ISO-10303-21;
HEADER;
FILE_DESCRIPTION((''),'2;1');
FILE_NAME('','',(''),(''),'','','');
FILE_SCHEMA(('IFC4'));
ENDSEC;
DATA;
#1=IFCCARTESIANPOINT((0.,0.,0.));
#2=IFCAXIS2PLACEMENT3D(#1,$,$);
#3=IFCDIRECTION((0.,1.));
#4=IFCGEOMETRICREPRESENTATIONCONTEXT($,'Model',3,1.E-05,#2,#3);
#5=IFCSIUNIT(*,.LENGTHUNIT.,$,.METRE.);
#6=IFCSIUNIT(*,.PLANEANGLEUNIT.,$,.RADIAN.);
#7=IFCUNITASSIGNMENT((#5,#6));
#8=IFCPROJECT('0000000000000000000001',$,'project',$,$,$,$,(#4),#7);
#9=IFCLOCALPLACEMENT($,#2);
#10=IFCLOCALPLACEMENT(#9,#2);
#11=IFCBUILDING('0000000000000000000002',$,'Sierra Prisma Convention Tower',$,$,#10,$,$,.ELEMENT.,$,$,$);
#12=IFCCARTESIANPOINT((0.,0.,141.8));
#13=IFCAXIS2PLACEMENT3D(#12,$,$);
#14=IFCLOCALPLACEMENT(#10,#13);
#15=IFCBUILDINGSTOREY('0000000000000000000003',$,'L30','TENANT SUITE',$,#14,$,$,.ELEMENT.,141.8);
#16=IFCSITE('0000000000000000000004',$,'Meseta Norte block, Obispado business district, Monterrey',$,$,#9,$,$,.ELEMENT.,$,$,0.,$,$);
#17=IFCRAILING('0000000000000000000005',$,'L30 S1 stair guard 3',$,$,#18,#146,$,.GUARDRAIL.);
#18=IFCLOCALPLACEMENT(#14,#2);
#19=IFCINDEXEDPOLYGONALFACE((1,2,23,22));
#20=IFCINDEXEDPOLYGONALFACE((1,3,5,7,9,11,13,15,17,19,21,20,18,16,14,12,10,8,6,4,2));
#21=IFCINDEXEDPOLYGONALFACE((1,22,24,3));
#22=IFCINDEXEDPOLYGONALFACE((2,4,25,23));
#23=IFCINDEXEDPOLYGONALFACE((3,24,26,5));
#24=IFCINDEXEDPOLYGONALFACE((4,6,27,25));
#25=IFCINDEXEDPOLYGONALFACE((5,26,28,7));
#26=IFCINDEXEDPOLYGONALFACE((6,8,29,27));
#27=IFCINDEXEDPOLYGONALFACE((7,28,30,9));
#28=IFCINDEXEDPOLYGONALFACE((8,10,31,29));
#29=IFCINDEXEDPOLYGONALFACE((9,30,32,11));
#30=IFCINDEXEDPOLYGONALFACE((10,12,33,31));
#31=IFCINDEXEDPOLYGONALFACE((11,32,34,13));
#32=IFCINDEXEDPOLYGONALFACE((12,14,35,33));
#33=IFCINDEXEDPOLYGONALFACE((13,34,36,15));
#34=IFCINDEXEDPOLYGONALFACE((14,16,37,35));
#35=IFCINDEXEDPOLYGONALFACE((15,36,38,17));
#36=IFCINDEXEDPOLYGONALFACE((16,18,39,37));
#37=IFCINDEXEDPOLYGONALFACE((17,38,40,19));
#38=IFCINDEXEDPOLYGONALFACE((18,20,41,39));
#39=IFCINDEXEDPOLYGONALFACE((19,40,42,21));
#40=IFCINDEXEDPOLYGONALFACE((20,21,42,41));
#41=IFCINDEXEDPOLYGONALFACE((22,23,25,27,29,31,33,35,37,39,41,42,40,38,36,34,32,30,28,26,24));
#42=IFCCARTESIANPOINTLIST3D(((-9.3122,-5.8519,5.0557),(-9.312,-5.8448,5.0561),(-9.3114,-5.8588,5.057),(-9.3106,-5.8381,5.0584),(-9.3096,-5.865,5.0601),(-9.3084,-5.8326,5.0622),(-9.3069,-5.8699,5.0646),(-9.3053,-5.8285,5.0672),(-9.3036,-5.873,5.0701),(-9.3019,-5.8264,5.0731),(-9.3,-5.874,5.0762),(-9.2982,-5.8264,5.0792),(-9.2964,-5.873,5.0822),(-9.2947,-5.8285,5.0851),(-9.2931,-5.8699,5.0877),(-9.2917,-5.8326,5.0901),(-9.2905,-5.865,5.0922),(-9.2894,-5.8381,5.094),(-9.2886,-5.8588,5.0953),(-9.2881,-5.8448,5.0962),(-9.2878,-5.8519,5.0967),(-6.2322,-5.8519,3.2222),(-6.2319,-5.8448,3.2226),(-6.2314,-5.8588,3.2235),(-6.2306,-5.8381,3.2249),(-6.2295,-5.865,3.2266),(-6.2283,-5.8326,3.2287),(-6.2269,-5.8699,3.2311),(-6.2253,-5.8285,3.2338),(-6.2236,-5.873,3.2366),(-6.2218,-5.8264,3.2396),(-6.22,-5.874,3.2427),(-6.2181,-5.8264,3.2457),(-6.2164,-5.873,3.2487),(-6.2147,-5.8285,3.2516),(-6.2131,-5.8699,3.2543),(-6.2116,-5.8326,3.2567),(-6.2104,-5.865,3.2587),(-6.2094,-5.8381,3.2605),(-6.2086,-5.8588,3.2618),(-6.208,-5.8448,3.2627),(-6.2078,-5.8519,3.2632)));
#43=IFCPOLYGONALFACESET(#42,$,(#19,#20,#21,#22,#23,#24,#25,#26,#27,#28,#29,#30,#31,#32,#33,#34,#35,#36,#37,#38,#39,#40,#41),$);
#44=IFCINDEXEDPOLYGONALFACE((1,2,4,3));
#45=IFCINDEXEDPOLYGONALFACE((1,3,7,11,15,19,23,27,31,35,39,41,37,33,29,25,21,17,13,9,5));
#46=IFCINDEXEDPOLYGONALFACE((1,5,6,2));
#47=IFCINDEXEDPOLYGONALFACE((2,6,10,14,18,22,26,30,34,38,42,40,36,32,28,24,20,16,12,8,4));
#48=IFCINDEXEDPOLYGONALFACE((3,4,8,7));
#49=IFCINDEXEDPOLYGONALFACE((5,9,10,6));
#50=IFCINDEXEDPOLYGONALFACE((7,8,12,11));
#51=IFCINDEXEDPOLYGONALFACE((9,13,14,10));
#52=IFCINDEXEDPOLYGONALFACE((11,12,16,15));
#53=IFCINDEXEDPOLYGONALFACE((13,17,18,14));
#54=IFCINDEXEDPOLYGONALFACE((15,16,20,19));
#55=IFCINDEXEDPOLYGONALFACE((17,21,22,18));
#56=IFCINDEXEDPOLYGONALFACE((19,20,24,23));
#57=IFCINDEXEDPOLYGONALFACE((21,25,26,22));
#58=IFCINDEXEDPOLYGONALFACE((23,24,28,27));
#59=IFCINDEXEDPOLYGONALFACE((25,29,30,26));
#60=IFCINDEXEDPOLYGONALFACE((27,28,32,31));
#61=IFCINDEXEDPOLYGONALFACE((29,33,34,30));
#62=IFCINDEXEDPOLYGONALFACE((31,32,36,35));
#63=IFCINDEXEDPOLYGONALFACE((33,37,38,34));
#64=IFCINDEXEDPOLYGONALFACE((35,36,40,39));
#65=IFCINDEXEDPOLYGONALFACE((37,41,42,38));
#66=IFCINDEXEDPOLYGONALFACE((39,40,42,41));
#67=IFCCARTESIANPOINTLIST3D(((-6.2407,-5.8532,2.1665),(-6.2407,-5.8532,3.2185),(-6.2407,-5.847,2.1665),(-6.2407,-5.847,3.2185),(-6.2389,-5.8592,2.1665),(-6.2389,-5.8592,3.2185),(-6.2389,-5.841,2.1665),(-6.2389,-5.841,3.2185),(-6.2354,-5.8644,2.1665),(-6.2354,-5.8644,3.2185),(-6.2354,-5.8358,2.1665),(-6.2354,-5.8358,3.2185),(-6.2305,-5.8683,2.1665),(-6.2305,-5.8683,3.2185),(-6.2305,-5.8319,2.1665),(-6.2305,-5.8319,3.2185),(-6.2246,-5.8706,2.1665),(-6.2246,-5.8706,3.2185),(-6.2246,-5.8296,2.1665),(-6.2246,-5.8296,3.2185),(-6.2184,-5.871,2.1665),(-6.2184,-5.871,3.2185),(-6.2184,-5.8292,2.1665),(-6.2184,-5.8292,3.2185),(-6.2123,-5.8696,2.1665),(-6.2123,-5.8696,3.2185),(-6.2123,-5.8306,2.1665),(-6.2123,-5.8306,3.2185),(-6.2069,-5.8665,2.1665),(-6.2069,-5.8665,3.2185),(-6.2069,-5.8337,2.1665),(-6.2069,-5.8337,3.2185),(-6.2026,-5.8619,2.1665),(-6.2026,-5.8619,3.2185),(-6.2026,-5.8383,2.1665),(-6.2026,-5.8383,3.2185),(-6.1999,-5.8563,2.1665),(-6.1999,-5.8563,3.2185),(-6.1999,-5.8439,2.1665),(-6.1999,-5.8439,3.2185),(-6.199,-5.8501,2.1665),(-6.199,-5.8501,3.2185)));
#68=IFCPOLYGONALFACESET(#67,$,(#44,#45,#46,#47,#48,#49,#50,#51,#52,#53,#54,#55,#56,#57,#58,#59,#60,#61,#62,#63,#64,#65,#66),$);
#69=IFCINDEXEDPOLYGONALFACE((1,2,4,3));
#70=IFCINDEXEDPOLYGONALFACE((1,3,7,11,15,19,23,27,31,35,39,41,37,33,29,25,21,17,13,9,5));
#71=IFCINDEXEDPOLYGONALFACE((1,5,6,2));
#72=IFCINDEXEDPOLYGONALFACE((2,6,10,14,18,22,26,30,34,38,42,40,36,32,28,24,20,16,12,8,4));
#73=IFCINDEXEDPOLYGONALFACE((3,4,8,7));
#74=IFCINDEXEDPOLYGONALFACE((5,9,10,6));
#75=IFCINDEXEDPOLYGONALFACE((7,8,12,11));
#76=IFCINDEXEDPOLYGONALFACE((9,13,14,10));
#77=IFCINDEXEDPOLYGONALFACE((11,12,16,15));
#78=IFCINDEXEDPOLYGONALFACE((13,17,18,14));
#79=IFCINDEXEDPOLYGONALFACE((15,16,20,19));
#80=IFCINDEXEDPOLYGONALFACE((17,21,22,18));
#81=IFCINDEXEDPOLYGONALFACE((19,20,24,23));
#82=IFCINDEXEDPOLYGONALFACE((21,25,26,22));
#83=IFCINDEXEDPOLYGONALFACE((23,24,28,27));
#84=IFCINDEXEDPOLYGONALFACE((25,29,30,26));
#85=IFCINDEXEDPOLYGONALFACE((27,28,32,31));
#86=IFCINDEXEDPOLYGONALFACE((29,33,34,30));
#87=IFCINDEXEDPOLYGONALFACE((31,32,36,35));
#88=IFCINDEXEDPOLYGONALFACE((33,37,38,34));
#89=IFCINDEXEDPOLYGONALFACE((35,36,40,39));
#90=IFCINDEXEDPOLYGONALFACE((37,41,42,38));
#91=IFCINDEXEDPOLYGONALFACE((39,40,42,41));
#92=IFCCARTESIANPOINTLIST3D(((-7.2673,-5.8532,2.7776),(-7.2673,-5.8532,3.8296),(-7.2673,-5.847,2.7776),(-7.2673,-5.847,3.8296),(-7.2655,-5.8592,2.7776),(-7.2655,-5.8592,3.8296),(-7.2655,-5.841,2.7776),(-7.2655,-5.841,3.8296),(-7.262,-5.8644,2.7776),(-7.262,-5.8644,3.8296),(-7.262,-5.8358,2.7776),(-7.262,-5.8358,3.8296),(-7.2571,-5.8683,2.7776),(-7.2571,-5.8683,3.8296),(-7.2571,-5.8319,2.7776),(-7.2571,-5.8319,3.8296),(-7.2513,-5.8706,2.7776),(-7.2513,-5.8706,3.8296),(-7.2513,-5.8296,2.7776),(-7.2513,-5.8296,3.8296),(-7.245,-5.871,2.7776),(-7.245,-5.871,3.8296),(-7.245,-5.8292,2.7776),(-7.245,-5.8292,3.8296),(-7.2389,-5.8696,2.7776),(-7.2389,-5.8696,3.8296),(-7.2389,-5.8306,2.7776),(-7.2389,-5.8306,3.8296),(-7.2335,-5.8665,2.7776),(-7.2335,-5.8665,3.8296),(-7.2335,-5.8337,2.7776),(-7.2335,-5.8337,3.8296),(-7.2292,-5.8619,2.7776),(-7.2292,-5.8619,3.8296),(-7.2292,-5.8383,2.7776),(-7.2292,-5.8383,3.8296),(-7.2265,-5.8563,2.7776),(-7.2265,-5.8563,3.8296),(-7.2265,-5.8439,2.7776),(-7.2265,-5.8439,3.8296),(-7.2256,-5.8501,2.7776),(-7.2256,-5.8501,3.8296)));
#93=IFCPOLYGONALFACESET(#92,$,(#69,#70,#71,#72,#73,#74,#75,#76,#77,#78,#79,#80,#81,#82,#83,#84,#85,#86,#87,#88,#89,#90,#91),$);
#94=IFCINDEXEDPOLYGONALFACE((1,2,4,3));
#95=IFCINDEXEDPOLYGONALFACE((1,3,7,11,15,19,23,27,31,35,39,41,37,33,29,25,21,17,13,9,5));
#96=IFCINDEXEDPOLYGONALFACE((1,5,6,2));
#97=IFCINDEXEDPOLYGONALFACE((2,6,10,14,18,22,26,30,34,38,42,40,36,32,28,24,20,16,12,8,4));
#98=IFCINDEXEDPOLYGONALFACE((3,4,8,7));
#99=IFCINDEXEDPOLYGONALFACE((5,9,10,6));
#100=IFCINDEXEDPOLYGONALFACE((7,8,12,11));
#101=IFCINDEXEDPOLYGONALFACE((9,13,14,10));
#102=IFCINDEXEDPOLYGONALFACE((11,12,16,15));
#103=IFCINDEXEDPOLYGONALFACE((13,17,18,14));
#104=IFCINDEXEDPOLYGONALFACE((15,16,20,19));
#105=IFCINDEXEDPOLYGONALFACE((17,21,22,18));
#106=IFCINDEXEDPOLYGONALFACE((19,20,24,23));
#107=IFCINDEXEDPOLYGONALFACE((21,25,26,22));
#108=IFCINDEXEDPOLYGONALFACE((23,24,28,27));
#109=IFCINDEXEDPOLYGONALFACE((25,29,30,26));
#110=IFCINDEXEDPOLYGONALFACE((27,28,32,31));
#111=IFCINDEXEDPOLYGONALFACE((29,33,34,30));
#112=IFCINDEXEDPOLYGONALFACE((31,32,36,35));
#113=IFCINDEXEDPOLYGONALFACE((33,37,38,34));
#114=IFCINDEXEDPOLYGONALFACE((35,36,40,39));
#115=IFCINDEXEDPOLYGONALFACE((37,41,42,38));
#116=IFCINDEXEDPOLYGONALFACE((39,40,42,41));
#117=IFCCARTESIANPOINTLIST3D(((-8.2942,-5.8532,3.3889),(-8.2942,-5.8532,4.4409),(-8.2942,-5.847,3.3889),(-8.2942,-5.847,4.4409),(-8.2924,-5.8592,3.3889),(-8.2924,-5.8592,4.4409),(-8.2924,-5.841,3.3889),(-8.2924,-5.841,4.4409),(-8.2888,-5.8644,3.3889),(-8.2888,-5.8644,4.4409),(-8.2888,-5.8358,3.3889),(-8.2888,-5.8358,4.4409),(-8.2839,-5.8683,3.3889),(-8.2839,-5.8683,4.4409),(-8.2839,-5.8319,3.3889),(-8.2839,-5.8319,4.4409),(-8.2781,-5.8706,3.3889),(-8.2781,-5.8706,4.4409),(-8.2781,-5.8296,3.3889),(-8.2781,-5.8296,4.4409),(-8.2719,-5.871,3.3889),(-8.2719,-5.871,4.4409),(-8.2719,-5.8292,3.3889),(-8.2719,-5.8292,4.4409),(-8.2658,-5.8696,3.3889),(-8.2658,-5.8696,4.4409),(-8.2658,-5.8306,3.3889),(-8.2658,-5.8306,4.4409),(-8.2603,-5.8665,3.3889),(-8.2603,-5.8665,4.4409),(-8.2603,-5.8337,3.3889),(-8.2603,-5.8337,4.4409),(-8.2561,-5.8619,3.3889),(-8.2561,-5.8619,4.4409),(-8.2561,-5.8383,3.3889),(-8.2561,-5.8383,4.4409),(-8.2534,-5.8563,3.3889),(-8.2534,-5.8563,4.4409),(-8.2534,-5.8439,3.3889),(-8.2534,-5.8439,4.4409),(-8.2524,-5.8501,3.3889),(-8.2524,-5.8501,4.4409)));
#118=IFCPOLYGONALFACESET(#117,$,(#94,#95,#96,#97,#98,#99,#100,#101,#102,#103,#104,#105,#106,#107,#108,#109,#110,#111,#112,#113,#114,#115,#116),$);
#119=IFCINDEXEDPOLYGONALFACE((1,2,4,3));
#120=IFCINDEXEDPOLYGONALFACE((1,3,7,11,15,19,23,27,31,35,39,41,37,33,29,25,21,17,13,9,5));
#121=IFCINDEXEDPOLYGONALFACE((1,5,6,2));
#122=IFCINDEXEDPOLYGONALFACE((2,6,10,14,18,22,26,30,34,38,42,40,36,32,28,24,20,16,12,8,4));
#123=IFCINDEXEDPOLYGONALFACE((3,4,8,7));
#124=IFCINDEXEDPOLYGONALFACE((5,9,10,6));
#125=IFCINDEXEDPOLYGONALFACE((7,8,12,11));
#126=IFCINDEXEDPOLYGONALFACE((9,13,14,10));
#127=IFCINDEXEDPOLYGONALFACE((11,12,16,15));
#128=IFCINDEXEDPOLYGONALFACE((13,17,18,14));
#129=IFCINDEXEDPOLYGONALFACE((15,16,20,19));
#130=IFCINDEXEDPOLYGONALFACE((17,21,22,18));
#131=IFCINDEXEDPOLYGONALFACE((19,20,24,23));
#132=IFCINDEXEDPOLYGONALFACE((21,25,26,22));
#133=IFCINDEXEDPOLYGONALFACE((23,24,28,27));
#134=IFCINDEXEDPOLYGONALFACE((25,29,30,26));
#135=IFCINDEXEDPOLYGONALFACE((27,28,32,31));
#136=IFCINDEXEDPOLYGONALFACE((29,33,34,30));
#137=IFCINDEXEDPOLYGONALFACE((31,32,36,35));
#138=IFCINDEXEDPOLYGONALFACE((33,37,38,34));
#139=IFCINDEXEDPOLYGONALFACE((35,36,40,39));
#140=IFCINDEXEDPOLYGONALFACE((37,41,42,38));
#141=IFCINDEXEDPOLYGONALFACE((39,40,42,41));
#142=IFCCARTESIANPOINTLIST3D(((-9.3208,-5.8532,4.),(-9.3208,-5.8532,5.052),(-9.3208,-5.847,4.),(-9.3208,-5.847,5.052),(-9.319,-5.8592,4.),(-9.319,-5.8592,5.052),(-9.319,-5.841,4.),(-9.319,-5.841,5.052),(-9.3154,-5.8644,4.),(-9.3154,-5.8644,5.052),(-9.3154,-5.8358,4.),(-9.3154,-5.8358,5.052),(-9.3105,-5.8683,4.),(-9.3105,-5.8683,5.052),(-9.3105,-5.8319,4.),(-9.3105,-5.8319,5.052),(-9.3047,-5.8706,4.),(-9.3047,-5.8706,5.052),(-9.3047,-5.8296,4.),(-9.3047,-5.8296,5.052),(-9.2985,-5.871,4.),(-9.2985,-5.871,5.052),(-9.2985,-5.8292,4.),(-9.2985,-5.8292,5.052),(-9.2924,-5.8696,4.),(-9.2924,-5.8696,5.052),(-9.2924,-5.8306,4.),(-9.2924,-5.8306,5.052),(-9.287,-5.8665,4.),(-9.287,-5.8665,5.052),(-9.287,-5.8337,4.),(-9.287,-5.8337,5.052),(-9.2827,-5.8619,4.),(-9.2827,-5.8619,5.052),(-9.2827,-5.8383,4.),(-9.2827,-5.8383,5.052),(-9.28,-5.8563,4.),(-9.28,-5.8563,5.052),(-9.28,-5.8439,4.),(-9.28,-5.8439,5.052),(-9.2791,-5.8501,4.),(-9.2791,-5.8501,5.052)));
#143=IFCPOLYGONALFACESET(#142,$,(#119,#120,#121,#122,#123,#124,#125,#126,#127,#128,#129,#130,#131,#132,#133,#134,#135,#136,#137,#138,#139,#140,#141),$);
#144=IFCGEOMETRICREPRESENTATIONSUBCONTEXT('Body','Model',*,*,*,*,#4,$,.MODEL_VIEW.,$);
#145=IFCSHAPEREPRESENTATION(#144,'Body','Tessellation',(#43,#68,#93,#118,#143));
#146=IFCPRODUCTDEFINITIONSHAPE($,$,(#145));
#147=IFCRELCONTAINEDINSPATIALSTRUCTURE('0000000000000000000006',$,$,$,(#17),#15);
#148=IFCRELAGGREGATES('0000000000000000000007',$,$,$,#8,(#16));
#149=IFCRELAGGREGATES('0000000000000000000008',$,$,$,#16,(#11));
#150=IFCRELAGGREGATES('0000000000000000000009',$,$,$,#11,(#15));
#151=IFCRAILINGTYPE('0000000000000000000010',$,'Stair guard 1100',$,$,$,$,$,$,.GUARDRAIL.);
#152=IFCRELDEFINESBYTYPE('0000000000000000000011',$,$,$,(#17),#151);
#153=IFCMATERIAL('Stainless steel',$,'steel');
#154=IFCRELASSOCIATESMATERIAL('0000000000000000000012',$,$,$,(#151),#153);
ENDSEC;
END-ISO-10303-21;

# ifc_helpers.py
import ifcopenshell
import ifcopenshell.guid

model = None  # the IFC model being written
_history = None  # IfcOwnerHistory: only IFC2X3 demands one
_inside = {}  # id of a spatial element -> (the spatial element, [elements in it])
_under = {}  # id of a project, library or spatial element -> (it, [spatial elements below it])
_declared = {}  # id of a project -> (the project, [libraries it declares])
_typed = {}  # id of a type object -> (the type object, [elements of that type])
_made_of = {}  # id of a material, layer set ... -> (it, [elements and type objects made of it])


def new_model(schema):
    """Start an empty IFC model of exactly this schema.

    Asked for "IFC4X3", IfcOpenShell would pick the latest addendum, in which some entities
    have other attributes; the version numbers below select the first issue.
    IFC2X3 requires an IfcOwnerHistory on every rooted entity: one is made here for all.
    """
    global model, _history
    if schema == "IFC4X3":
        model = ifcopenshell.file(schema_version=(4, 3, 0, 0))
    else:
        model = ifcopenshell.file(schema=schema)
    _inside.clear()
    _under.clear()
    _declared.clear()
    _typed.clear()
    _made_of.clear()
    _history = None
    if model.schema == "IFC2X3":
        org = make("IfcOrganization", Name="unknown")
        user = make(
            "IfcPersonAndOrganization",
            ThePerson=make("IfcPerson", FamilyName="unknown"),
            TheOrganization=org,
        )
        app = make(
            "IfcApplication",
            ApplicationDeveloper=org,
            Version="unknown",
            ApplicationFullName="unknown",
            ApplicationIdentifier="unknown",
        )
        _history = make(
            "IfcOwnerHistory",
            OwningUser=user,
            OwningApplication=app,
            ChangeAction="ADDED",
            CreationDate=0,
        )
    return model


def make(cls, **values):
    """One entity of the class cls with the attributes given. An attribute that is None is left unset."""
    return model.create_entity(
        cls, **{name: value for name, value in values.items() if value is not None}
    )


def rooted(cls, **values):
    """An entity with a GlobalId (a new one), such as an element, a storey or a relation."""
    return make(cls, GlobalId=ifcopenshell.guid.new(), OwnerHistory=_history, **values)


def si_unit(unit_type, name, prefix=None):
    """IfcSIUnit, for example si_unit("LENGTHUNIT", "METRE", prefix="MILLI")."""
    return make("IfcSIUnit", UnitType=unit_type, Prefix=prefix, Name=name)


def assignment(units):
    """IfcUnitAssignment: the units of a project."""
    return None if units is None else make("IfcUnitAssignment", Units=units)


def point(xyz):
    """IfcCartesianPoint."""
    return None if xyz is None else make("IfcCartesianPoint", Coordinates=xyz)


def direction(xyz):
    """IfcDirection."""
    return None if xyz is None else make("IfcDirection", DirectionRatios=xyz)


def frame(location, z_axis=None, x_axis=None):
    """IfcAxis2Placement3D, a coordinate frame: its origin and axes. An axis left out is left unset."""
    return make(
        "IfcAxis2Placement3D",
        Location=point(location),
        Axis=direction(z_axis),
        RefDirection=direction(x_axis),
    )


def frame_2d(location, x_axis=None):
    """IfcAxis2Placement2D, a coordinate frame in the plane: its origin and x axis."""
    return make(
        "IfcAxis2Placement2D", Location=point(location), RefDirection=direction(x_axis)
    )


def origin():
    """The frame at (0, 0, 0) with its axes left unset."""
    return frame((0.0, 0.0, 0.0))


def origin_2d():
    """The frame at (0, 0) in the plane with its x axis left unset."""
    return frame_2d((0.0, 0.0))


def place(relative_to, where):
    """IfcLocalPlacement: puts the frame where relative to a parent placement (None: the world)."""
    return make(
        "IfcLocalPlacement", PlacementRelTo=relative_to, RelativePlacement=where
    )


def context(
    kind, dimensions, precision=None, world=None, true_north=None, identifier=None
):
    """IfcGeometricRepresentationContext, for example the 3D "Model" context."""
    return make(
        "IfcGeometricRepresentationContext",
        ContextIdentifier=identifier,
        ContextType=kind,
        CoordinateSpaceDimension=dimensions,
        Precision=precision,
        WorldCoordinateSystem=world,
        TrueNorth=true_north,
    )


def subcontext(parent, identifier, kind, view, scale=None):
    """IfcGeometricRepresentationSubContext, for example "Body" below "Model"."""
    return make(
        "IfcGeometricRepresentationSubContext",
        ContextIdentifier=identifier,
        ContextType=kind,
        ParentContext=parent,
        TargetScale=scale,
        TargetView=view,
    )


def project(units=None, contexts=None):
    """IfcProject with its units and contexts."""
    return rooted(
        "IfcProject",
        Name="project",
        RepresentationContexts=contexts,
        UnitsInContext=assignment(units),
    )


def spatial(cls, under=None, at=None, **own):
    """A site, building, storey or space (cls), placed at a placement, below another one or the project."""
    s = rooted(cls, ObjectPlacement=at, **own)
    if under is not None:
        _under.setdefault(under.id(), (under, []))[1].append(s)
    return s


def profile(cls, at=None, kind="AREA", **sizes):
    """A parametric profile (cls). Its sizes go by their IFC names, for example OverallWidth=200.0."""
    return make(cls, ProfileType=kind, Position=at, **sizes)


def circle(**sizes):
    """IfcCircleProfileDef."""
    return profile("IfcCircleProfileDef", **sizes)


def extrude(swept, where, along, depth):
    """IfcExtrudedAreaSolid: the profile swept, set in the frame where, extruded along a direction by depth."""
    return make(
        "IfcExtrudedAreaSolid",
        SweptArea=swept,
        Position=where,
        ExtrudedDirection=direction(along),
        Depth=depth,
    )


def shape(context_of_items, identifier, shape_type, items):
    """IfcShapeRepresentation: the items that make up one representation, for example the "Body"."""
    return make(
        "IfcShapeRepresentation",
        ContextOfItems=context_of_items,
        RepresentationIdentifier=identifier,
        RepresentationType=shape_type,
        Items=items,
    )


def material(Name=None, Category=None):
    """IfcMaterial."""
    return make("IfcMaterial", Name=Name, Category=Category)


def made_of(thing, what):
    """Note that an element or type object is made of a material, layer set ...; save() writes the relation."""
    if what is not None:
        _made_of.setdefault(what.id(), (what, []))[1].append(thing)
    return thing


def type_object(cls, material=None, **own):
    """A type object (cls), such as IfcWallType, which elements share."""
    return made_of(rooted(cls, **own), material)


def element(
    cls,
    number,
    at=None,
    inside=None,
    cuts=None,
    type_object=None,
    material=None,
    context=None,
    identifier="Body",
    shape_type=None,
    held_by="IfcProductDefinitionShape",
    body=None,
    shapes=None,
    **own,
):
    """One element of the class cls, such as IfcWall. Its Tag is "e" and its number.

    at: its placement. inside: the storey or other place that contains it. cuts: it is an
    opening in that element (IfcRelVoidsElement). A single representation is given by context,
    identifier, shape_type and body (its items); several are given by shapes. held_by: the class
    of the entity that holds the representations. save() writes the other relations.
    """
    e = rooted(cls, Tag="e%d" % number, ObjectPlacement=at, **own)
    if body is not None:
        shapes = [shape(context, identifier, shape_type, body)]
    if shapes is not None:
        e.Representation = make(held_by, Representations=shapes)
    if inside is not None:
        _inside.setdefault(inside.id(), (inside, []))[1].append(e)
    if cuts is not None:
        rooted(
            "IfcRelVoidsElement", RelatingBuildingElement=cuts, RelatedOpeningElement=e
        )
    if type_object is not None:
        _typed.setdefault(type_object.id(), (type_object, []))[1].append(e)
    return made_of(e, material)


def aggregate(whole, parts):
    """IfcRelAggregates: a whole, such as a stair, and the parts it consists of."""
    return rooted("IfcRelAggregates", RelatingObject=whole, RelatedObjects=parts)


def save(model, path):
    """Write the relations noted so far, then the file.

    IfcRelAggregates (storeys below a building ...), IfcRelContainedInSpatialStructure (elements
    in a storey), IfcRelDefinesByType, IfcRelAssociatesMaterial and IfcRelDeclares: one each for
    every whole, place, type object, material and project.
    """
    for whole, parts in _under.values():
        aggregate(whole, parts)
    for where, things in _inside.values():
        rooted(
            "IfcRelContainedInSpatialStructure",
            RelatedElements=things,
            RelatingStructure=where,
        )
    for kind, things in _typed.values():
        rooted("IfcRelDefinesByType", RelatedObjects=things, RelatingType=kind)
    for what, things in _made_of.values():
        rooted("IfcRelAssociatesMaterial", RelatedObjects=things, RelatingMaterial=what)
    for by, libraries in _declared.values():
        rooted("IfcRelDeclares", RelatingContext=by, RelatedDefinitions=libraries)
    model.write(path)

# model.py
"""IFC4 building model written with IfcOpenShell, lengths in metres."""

from ifc_helpers import new_model, si_unit, direction, frame, origin, origin_2d, place, context, subcontext, project, spatial, circle, extrude, material, type_object, element, save


model = new_model("IFC4")

# Units and contexts
model_context = context("Model", 3, precision=1e-05, world=origin(), true_north=direction((0.0, 1.0)))
body_context = subcontext(model_context, "Body", "Model", "MODEL_VIEW")
ifc_project = project(units=[si_unit("LENGTHUNIT", "METRE"), si_unit("PLANEANGLEUNIT", "RADIAN")], contexts=[model_context])

# Site, building, storey
site_placement = place(None, origin())
site = spatial("IfcSite", under=ifc_project, at=site_placement, Name="Meseta Norte block, Obispado business district, Monterrey", CompositionType="ELEMENT", RefElevation=0.0)
building_placement = place(site_placement, origin())
building = spatial("IfcBuilding", under=site, at=building_placement, Name="Sierra Prisma Convention Tower", CompositionType="ELEMENT")
storey_placement = place(building_placement, frame((0.0, 0.0, 141.8)))
storey = spatial("IfcBuildingStorey", under=building, at=storey_placement, Name="L30", Description="TENANT SUITE", CompositionType="ELEMENT", Elevation=141.8)

# Railing
ifc_material_1 = material(Name="Stainless steel", Category="steel")
railing_type_1 = type_object("IfcRailingType", Name="Stair guard 1100", PredefinedType="GUARDRAIL", material=ifc_material_1)
railing_1_placement = place(storey_placement, frame((-6.22, -5.8501, 2.1665)))
element("IfcRailing", 1, at=railing_1_placement, inside=storey, type_object=railing_type_1, Name="L30 S1 stair guard 3", PredefinedType="GUARDRAIL", context=body_context, shape_type="SweptSolid", body=[
    extrude(circle(Radius=0.0239, at=origin_2d()), frame((0.0, 0.0, 1.0762), z_axis=(-0.859279, 0.0, 0.511508), x_axis=(0.0, -1.0, 0.0)), (0.0, 0.0, 1.0), 3.5845),
    extrude(circle(Radius=0.021, at=origin_2d()), origin(), (0.0, 0.0, 1.0), 1.052),
    extrude(circle(Radius=0.021, at=origin_2d()), frame((-1.0266, 0.0, 0.6111)), (0.0, 0.0, 1.0), 1.052),
    extrude(circle(Radius=0.021, at=origin_2d()), frame((-2.0535, 0.0, 1.2224)), (0.0, 0.0, 1.0), 1.052),
    extrude(circle(Radius=0.021, at=origin_2d()), frame((-3.0801, 0.0, 1.8335)), (0.0, 0.0, 1.0), 1.052),
])

save(model, "model.ifc")
